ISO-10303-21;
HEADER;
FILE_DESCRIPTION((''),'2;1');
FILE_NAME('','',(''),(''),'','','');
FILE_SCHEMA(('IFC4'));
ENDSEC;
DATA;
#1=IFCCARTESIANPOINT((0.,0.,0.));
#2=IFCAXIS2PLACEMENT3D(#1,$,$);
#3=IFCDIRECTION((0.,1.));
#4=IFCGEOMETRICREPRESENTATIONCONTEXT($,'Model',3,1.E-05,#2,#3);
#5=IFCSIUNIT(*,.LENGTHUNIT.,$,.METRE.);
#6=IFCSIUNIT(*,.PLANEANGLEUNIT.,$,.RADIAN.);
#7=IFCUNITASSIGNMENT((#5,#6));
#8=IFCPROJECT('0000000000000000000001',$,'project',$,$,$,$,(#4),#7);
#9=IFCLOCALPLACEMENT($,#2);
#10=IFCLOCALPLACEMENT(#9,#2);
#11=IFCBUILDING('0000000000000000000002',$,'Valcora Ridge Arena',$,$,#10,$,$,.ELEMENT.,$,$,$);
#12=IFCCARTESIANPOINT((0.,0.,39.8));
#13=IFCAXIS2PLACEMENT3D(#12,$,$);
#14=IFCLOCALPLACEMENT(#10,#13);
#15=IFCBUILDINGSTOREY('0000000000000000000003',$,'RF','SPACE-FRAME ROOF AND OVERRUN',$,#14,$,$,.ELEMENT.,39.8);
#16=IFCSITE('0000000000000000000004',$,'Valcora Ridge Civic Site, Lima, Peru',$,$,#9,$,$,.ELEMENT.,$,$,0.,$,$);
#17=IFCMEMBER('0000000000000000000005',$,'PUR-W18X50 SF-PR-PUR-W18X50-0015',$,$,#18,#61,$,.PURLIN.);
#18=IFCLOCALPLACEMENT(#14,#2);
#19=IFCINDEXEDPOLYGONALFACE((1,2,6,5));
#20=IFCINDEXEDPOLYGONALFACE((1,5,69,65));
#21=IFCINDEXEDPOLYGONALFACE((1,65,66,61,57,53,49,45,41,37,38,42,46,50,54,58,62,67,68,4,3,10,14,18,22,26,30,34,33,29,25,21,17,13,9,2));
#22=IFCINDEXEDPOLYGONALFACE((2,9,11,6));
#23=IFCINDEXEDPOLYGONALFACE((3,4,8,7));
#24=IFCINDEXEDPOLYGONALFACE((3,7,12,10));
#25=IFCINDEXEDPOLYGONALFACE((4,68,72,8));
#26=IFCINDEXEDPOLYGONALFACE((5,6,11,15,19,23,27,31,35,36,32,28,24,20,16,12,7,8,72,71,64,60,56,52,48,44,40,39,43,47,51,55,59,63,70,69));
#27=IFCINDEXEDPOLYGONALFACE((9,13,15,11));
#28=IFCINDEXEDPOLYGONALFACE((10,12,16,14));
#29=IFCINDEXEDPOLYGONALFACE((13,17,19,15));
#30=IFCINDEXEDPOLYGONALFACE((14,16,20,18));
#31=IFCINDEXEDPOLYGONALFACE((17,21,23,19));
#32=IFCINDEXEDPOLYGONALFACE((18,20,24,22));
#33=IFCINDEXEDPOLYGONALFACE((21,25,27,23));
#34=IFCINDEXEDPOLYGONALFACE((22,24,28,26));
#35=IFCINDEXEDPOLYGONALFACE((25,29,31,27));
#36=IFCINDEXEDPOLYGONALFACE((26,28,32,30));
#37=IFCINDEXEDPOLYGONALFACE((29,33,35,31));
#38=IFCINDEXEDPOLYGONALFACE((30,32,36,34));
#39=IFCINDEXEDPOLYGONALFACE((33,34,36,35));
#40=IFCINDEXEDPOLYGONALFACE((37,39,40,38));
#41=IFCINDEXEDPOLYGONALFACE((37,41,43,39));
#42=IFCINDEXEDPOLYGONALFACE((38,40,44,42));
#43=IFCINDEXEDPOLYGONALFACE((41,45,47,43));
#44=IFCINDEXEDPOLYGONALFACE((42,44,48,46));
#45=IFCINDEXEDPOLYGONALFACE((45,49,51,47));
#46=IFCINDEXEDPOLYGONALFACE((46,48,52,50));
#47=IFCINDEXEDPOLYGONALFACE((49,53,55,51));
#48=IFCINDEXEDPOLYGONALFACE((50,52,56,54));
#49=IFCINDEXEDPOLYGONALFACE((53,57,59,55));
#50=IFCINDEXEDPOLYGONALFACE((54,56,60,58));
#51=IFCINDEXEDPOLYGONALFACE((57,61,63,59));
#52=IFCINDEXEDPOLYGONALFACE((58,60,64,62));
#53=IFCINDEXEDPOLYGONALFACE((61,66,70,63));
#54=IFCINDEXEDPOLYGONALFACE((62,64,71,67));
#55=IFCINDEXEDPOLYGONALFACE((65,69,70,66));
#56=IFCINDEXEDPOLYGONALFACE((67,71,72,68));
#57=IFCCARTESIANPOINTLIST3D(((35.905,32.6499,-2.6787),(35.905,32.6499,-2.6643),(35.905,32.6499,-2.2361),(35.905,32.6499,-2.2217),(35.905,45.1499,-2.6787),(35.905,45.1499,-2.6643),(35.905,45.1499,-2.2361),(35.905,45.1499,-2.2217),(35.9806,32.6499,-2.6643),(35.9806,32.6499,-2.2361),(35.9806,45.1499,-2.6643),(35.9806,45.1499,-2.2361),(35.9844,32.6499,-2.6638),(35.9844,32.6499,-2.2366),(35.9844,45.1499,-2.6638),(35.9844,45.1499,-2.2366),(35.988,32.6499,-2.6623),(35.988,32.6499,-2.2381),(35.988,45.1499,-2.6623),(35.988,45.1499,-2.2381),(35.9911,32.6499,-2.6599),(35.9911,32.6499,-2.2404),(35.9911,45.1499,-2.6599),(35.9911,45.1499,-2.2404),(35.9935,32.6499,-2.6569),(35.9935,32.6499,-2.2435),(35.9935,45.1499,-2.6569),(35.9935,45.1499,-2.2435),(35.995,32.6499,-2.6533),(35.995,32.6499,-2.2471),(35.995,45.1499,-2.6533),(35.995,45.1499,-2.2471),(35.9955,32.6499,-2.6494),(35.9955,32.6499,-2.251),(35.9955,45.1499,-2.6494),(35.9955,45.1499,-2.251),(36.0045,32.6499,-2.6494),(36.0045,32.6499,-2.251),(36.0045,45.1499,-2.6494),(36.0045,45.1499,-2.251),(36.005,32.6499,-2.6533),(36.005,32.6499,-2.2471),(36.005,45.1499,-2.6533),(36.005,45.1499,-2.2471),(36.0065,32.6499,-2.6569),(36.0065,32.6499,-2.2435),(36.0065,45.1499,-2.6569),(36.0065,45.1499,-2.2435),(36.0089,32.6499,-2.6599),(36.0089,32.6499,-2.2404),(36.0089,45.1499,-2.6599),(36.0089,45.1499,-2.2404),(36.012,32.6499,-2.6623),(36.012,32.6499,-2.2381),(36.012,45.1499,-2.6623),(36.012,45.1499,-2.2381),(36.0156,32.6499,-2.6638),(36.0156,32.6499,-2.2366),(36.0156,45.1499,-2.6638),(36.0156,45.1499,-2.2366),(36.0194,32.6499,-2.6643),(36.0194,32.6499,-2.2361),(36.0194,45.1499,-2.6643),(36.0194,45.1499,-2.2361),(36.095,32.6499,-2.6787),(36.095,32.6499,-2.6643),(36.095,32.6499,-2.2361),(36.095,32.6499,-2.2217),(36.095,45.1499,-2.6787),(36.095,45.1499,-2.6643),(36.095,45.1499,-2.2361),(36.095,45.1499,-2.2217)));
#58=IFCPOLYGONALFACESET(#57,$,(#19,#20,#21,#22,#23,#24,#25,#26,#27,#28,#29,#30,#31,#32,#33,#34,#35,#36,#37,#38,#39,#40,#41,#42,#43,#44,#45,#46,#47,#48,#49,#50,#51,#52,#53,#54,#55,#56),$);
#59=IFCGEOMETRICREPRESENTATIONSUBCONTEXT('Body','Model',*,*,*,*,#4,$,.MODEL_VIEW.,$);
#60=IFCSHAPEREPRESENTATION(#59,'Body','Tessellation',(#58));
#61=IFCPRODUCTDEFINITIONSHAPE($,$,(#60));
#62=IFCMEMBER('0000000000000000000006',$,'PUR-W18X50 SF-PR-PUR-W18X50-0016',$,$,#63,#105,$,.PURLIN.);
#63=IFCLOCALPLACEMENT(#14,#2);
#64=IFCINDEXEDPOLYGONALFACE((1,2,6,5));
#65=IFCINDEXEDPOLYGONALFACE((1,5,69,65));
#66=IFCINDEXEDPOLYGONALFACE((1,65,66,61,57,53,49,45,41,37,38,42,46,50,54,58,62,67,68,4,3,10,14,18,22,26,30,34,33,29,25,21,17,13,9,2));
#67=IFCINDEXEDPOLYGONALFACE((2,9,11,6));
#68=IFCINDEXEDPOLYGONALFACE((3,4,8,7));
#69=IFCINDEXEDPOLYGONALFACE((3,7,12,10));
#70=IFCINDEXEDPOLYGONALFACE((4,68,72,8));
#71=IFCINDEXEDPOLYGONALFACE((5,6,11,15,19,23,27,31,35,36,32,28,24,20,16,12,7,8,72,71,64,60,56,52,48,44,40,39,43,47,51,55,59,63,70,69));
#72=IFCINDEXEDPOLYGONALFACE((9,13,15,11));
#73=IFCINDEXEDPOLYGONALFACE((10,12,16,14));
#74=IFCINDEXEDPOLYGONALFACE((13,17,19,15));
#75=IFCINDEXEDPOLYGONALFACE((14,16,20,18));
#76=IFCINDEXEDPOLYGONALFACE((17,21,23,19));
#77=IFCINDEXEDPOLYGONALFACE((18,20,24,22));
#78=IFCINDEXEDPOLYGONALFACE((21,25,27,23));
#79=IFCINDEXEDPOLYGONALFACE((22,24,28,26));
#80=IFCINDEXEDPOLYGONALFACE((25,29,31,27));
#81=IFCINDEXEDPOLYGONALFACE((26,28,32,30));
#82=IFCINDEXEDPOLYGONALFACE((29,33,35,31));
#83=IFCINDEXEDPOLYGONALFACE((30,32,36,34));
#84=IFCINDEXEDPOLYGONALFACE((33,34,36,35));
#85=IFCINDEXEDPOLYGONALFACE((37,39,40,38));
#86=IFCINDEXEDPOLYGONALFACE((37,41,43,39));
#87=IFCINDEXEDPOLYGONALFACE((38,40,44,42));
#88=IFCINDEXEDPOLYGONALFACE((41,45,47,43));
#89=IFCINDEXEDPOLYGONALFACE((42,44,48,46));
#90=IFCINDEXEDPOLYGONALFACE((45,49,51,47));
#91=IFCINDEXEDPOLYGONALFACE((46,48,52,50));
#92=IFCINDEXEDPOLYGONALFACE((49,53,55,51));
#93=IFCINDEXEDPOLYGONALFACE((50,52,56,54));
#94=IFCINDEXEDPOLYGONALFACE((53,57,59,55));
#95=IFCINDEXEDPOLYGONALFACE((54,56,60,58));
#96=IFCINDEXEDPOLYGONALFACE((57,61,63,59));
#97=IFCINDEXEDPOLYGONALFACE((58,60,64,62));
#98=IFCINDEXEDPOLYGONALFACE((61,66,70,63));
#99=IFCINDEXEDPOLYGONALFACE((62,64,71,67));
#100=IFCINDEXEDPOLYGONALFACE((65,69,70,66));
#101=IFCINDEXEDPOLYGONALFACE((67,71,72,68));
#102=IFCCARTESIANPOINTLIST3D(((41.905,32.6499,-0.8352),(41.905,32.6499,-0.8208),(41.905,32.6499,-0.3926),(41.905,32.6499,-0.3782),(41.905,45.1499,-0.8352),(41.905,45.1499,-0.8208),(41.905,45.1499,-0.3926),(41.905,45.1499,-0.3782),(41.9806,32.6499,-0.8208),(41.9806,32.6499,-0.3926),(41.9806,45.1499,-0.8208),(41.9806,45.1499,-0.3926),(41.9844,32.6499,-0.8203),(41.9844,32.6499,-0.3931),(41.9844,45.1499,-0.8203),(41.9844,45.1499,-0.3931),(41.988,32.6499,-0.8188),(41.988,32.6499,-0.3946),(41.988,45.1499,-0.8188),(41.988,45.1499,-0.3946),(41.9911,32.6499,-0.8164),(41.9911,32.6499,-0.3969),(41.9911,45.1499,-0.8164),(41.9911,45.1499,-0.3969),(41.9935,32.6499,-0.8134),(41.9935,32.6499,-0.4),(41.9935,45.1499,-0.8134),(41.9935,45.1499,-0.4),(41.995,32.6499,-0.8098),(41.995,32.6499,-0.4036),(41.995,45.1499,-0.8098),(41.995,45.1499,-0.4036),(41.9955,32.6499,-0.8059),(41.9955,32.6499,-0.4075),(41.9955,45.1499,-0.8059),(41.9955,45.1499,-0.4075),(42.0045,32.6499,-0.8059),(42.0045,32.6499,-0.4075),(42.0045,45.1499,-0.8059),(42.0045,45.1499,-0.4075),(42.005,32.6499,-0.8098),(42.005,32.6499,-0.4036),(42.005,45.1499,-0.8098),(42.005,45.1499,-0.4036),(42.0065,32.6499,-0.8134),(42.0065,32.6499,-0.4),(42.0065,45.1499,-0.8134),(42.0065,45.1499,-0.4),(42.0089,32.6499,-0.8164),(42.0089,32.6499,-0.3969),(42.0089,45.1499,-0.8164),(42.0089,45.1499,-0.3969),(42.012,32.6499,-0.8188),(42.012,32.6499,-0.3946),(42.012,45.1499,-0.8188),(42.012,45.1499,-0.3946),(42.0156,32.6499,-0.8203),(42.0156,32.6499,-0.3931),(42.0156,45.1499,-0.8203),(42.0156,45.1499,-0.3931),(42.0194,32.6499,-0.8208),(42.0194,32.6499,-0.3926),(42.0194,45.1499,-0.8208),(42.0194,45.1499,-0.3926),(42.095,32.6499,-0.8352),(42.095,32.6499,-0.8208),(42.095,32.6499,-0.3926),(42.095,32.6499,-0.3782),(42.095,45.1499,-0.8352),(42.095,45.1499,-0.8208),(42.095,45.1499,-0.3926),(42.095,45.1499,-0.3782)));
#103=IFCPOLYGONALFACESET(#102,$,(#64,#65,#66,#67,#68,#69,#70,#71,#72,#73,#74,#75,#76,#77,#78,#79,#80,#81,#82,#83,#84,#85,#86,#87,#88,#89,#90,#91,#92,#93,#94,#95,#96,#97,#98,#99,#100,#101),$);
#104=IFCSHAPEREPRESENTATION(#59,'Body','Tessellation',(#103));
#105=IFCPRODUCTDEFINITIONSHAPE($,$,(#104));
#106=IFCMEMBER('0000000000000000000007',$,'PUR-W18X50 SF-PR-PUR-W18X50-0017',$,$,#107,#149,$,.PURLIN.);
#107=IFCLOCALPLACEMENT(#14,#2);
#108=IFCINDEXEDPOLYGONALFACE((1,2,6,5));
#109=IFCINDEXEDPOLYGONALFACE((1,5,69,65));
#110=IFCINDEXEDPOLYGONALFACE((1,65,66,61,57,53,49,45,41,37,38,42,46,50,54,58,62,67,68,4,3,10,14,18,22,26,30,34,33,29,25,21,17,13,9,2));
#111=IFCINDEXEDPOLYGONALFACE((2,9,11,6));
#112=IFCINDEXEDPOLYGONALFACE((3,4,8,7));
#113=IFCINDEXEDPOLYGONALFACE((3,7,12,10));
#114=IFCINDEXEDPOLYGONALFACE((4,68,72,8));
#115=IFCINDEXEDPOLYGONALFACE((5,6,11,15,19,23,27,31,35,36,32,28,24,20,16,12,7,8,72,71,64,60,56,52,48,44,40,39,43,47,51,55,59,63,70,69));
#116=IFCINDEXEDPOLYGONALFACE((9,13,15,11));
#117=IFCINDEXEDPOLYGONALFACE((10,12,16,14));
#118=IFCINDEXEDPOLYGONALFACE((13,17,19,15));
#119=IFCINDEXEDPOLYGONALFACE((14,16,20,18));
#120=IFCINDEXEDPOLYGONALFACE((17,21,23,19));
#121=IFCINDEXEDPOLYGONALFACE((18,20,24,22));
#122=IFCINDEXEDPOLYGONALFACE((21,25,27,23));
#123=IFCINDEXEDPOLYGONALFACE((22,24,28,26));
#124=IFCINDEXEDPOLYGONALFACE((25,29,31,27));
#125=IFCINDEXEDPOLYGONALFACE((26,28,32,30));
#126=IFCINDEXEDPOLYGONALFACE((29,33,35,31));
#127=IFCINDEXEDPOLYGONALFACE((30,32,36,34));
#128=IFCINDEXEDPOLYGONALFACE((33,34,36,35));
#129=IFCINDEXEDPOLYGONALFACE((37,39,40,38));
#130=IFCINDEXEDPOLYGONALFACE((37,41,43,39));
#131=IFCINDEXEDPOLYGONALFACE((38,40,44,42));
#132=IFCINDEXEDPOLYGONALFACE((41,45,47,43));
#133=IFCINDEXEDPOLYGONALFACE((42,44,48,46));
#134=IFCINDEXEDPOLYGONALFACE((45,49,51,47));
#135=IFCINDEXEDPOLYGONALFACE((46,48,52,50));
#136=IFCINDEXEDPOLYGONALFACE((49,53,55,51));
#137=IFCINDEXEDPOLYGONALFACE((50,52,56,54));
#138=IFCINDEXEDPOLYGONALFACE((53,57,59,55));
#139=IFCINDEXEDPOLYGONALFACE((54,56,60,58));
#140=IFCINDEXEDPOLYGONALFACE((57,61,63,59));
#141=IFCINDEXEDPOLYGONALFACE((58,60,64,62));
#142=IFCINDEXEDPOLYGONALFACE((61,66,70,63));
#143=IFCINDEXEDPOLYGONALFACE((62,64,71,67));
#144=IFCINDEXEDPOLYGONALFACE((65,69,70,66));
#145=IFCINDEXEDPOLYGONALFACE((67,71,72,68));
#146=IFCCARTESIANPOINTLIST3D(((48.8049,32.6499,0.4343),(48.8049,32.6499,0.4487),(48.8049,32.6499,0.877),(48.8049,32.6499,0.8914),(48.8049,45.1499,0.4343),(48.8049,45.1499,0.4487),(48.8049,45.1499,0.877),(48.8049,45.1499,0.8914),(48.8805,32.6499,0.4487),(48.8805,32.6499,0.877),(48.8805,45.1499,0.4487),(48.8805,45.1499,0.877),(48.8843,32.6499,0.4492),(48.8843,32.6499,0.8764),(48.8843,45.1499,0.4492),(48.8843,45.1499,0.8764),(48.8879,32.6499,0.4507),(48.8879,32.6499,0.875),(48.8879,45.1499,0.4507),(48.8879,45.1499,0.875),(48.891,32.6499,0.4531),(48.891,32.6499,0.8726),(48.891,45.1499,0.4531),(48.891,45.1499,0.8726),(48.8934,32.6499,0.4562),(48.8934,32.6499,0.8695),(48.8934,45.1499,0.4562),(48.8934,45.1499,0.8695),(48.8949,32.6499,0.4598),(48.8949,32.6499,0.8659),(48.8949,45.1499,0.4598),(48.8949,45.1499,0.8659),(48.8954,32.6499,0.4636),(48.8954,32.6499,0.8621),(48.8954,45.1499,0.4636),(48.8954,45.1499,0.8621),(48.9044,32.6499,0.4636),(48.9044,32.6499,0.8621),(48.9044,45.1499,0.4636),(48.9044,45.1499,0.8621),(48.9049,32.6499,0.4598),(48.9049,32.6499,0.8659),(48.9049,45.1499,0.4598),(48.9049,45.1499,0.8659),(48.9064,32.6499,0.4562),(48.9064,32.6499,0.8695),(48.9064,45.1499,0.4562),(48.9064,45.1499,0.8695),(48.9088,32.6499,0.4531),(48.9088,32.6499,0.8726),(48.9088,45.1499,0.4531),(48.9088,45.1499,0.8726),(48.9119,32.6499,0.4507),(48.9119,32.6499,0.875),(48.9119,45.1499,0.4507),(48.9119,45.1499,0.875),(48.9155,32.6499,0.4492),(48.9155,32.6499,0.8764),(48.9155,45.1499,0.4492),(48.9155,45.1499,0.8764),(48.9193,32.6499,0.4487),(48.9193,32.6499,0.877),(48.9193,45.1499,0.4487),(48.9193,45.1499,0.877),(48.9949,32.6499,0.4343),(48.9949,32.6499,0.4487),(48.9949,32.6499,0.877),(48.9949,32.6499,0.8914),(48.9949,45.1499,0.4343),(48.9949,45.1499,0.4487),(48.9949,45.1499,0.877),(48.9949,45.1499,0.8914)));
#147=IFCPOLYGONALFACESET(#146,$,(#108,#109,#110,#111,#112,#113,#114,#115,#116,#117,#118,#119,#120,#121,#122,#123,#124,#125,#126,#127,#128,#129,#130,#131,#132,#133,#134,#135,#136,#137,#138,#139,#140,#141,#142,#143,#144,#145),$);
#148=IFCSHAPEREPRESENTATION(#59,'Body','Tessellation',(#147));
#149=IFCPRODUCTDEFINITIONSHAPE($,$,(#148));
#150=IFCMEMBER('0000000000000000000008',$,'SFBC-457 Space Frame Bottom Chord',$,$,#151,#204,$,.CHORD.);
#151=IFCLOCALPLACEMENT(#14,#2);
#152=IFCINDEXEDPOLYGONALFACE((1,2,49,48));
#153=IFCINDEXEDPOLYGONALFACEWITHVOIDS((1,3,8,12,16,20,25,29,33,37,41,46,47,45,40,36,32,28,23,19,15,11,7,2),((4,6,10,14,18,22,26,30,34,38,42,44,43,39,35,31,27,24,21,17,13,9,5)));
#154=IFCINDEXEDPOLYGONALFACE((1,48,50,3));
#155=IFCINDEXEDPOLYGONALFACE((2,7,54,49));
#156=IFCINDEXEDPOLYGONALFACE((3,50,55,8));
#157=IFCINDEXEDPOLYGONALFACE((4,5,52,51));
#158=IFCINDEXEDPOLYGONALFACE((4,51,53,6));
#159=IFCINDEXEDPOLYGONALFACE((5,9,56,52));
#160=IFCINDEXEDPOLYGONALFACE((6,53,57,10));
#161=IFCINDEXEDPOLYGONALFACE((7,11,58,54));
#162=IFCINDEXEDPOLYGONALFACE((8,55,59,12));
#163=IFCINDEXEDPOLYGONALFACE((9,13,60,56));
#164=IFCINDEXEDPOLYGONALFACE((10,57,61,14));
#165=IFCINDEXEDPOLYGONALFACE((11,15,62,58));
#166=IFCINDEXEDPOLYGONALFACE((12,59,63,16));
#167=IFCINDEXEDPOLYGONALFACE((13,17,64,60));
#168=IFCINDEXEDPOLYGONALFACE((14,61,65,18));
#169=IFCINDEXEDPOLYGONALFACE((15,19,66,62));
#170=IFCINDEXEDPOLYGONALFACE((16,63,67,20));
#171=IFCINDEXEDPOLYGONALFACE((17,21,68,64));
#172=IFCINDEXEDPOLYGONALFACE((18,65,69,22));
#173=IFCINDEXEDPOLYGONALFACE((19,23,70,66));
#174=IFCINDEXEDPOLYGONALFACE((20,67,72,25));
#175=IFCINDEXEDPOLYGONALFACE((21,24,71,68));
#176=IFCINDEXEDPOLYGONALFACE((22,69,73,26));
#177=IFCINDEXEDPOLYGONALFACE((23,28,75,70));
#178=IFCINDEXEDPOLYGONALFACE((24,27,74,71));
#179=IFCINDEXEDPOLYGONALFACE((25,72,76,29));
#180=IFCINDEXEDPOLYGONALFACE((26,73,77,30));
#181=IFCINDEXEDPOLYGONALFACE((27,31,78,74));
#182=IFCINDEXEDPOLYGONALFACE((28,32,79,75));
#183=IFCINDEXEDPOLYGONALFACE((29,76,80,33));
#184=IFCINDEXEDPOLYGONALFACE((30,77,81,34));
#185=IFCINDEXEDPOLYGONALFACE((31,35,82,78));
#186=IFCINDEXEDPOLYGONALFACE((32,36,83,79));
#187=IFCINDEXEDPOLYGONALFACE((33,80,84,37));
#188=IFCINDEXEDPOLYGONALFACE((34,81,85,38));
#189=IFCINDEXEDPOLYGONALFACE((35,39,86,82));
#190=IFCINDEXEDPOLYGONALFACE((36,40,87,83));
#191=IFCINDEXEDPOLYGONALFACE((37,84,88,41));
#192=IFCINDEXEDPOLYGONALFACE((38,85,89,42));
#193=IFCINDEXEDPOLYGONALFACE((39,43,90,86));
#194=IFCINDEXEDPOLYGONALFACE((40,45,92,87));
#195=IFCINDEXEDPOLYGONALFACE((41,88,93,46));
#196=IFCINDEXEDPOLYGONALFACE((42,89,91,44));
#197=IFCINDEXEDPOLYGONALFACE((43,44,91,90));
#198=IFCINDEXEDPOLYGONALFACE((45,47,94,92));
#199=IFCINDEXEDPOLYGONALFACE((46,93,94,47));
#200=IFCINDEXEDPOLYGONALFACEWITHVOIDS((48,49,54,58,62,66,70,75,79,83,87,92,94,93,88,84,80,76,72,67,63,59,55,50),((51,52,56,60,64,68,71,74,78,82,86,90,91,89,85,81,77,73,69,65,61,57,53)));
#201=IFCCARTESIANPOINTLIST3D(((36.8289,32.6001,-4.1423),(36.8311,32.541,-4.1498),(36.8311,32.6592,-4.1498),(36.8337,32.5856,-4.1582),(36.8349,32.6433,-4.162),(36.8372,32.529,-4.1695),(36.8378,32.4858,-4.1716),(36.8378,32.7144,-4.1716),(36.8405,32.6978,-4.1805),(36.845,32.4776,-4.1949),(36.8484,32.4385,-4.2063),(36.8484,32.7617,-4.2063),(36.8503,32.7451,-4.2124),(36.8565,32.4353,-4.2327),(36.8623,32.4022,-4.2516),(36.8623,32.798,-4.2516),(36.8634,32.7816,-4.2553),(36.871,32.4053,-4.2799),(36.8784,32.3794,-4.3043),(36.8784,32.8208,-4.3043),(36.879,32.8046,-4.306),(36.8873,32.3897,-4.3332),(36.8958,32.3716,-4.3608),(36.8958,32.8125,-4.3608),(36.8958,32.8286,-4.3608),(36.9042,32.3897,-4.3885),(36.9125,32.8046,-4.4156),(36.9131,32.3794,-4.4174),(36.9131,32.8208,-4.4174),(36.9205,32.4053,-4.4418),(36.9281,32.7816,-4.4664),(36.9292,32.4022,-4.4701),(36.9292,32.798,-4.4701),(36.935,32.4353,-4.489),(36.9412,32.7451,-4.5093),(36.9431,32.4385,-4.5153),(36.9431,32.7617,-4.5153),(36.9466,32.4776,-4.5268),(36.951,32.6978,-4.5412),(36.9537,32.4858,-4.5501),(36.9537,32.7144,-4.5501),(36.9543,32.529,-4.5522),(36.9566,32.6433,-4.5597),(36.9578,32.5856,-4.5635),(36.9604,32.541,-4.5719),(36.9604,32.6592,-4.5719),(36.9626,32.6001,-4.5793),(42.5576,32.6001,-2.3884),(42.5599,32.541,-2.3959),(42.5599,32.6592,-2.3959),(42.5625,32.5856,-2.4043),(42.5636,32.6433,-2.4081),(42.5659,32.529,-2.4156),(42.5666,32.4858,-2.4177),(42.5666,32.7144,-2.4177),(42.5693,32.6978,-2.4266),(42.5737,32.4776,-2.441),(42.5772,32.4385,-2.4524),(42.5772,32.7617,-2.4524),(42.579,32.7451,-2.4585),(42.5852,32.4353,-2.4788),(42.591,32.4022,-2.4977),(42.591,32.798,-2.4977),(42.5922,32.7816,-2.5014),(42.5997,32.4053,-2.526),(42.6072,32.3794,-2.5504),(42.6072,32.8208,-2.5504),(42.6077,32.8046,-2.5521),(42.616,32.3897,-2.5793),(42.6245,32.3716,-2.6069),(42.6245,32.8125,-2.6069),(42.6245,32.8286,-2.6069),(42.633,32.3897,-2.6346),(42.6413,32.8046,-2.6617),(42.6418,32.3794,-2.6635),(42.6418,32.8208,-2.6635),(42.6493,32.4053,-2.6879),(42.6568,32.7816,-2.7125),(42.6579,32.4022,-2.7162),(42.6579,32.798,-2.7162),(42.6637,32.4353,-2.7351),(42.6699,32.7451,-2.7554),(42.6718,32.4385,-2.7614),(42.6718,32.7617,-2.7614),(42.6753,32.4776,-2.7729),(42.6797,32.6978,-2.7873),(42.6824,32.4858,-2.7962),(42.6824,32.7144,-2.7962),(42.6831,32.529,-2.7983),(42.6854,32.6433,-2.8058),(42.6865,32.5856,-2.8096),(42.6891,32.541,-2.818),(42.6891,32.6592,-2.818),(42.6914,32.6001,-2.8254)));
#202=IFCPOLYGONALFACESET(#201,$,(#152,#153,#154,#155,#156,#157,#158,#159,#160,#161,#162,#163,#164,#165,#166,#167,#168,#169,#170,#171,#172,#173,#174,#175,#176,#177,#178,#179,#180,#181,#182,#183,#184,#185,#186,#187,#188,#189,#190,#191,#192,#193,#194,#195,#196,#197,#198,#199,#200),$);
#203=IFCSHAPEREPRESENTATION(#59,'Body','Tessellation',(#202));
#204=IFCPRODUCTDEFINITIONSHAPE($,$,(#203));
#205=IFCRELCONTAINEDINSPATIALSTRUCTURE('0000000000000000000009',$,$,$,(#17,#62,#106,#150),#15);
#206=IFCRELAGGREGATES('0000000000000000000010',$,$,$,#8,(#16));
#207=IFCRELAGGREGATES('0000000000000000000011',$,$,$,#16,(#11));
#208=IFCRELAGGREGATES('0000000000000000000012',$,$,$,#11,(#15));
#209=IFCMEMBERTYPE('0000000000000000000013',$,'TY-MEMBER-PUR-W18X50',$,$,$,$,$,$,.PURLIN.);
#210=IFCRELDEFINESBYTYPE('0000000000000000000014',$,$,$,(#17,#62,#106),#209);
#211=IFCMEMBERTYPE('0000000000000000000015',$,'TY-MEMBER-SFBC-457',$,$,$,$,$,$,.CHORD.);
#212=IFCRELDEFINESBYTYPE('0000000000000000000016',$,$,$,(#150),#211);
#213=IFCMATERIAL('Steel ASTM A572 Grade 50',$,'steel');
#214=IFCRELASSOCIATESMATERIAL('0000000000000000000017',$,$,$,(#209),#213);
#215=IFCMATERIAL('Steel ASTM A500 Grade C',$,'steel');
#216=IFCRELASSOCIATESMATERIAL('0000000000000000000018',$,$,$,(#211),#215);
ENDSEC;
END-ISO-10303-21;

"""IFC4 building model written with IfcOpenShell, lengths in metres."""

from ifc_helpers import new_model, si_unit, direction, frame, origin, origin_2d, place, context, subcontext, project, spatial, hollow_circle, i_section, extrude, material, material_profile, profile_set, type_object, element, save


model = new_model("IFC4")

# Units and contexts
model_context = context("Model", 3, precision=1e-05, world=origin(), true_north=direction((0.0, 1.0)))
body_context = subcontext(model_context, "Body", "Model", "MODEL_VIEW")
ifc_project = project(units=[si_unit("LENGTHUNIT", "METRE"), si_unit("PLANEANGLEUNIT", "RADIAN")], contexts=[model_context])

# Site, building, storey
site_placement = place(None, origin())
site = spatial("IfcSite", under=ifc_project, at=site_placement, Name="Valcora Ridge Civic Site, Lima, Peru", CompositionType="ELEMENT", RefElevation=0.0)
building_placement = place(site_placement, origin())
building = spatial("IfcBuilding", under=site, at=building_placement, Name="Valcora Ridge Arena", CompositionType="ELEMENT")
storey_placement = place(building_placement, frame((0.0, 0.0, 39.8)))
storey = spatial("IfcBuildingStorey", under=building, at=storey_placement, Name="RF", Description="SPACE-FRAME ROOF AND OVERRUN", CompositionType="ELEMENT", Elevation=39.8)

# Members
ifc_material_1 = material(Name="Steel ASTM A572 Grade 50", Category="steel")
ifc_material_profile_1 = material_profile(ifc_material_1, i_section(OverallWidth=0.1899, OverallDepth=0.457, WebThickness=0.009, FlangeThickness=0.0144, FilletRadius=0.0149, at=origin_2d()), Name="W18X50")
ifc_profile_set_1 = profile_set([ifc_material_profile_1], Name="Steel ASTM A572 Grade 50")
member_type_1 = type_object("IfcMemberType", Name="TY-MEMBER-PUR-W18X50", PredefinedType="PURLIN", material=ifc_profile_set_1)
for number, where, z_axis, x_axis, name in (
    (1, (36.0, 32.6499, -2.4502), (0.0, 1.0, 0.0), (-1.0, 0.0, 0.0), "PUR-W18X50 SF-PR-PUR-W18X50-0015"),
    (2, (42.0, 32.6499, -0.6067), (0.0, 1.0, 0.0), (-1.0, 0.0, 0.0), "PUR-W18X50 SF-PR-PUR-W18X50-0016"),
    (3, (48.8999, 32.6499, 0.6628), (0.0, 1.0, 0.0), (-1.0, 0.0, 0.0), "PUR-W18X50 SF-PR-PUR-W18X50-0017"),
):
    element("IfcMember", number, at=place(storey_placement, frame(where, z_axis=z_axis, x_axis=x_axis)), inside=storey, type_object=member_type_1, Name=name, PredefinedType="PURLIN", context=body_context, shape_type="SweptSolid", body=[
        extrude(i_section(OverallWidth=0.1899, OverallDepth=0.457, WebThickness=0.009, FlangeThickness=0.0144, FilletRadius=0.0149, at=origin_2d()), origin(), (0.0, 0.0, 1.0), 12.5),
    ])
ifc_material_2 = material(Name="Steel ASTM A500 Grade C", Category="steel")
ifc_material_profile_2 = material_profile(ifc_material_2, hollow_circle(Radius=0.2285, WallThickness=0.0161, at=origin_2d()), Name="CHS457X16")
ifc_profile_set_2 = profile_set([ifc_material_profile_2], Name="Steel ASTM A500 Grade C")
member_type_2 = type_object("IfcMemberType", Name="TY-MEMBER-SFBC-457", PredefinedType="CHORD", material=ifc_profile_set_2)
member_1_placement = place(storey_placement, frame((36.8958, 32.6001, -4.3608), z_axis=(0.95619, 0.0, 0.292745), x_axis=(0.0, 1.0, 0.0)))
element("IfcMember", 4, at=member_1_placement, inside=storey, type_object=member_type_2, Name="SFBC-457 Space Frame Bottom Chord", PredefinedType="CHORD", context=body_context, shape_type="SweptSolid", body=[
    extrude(hollow_circle(Radius=0.2285, WallThickness=0.0161, at=origin_2d()), origin(), (0.0, 0.0, 1.0), 5.9912),
])

save(model, "model.ifc")
